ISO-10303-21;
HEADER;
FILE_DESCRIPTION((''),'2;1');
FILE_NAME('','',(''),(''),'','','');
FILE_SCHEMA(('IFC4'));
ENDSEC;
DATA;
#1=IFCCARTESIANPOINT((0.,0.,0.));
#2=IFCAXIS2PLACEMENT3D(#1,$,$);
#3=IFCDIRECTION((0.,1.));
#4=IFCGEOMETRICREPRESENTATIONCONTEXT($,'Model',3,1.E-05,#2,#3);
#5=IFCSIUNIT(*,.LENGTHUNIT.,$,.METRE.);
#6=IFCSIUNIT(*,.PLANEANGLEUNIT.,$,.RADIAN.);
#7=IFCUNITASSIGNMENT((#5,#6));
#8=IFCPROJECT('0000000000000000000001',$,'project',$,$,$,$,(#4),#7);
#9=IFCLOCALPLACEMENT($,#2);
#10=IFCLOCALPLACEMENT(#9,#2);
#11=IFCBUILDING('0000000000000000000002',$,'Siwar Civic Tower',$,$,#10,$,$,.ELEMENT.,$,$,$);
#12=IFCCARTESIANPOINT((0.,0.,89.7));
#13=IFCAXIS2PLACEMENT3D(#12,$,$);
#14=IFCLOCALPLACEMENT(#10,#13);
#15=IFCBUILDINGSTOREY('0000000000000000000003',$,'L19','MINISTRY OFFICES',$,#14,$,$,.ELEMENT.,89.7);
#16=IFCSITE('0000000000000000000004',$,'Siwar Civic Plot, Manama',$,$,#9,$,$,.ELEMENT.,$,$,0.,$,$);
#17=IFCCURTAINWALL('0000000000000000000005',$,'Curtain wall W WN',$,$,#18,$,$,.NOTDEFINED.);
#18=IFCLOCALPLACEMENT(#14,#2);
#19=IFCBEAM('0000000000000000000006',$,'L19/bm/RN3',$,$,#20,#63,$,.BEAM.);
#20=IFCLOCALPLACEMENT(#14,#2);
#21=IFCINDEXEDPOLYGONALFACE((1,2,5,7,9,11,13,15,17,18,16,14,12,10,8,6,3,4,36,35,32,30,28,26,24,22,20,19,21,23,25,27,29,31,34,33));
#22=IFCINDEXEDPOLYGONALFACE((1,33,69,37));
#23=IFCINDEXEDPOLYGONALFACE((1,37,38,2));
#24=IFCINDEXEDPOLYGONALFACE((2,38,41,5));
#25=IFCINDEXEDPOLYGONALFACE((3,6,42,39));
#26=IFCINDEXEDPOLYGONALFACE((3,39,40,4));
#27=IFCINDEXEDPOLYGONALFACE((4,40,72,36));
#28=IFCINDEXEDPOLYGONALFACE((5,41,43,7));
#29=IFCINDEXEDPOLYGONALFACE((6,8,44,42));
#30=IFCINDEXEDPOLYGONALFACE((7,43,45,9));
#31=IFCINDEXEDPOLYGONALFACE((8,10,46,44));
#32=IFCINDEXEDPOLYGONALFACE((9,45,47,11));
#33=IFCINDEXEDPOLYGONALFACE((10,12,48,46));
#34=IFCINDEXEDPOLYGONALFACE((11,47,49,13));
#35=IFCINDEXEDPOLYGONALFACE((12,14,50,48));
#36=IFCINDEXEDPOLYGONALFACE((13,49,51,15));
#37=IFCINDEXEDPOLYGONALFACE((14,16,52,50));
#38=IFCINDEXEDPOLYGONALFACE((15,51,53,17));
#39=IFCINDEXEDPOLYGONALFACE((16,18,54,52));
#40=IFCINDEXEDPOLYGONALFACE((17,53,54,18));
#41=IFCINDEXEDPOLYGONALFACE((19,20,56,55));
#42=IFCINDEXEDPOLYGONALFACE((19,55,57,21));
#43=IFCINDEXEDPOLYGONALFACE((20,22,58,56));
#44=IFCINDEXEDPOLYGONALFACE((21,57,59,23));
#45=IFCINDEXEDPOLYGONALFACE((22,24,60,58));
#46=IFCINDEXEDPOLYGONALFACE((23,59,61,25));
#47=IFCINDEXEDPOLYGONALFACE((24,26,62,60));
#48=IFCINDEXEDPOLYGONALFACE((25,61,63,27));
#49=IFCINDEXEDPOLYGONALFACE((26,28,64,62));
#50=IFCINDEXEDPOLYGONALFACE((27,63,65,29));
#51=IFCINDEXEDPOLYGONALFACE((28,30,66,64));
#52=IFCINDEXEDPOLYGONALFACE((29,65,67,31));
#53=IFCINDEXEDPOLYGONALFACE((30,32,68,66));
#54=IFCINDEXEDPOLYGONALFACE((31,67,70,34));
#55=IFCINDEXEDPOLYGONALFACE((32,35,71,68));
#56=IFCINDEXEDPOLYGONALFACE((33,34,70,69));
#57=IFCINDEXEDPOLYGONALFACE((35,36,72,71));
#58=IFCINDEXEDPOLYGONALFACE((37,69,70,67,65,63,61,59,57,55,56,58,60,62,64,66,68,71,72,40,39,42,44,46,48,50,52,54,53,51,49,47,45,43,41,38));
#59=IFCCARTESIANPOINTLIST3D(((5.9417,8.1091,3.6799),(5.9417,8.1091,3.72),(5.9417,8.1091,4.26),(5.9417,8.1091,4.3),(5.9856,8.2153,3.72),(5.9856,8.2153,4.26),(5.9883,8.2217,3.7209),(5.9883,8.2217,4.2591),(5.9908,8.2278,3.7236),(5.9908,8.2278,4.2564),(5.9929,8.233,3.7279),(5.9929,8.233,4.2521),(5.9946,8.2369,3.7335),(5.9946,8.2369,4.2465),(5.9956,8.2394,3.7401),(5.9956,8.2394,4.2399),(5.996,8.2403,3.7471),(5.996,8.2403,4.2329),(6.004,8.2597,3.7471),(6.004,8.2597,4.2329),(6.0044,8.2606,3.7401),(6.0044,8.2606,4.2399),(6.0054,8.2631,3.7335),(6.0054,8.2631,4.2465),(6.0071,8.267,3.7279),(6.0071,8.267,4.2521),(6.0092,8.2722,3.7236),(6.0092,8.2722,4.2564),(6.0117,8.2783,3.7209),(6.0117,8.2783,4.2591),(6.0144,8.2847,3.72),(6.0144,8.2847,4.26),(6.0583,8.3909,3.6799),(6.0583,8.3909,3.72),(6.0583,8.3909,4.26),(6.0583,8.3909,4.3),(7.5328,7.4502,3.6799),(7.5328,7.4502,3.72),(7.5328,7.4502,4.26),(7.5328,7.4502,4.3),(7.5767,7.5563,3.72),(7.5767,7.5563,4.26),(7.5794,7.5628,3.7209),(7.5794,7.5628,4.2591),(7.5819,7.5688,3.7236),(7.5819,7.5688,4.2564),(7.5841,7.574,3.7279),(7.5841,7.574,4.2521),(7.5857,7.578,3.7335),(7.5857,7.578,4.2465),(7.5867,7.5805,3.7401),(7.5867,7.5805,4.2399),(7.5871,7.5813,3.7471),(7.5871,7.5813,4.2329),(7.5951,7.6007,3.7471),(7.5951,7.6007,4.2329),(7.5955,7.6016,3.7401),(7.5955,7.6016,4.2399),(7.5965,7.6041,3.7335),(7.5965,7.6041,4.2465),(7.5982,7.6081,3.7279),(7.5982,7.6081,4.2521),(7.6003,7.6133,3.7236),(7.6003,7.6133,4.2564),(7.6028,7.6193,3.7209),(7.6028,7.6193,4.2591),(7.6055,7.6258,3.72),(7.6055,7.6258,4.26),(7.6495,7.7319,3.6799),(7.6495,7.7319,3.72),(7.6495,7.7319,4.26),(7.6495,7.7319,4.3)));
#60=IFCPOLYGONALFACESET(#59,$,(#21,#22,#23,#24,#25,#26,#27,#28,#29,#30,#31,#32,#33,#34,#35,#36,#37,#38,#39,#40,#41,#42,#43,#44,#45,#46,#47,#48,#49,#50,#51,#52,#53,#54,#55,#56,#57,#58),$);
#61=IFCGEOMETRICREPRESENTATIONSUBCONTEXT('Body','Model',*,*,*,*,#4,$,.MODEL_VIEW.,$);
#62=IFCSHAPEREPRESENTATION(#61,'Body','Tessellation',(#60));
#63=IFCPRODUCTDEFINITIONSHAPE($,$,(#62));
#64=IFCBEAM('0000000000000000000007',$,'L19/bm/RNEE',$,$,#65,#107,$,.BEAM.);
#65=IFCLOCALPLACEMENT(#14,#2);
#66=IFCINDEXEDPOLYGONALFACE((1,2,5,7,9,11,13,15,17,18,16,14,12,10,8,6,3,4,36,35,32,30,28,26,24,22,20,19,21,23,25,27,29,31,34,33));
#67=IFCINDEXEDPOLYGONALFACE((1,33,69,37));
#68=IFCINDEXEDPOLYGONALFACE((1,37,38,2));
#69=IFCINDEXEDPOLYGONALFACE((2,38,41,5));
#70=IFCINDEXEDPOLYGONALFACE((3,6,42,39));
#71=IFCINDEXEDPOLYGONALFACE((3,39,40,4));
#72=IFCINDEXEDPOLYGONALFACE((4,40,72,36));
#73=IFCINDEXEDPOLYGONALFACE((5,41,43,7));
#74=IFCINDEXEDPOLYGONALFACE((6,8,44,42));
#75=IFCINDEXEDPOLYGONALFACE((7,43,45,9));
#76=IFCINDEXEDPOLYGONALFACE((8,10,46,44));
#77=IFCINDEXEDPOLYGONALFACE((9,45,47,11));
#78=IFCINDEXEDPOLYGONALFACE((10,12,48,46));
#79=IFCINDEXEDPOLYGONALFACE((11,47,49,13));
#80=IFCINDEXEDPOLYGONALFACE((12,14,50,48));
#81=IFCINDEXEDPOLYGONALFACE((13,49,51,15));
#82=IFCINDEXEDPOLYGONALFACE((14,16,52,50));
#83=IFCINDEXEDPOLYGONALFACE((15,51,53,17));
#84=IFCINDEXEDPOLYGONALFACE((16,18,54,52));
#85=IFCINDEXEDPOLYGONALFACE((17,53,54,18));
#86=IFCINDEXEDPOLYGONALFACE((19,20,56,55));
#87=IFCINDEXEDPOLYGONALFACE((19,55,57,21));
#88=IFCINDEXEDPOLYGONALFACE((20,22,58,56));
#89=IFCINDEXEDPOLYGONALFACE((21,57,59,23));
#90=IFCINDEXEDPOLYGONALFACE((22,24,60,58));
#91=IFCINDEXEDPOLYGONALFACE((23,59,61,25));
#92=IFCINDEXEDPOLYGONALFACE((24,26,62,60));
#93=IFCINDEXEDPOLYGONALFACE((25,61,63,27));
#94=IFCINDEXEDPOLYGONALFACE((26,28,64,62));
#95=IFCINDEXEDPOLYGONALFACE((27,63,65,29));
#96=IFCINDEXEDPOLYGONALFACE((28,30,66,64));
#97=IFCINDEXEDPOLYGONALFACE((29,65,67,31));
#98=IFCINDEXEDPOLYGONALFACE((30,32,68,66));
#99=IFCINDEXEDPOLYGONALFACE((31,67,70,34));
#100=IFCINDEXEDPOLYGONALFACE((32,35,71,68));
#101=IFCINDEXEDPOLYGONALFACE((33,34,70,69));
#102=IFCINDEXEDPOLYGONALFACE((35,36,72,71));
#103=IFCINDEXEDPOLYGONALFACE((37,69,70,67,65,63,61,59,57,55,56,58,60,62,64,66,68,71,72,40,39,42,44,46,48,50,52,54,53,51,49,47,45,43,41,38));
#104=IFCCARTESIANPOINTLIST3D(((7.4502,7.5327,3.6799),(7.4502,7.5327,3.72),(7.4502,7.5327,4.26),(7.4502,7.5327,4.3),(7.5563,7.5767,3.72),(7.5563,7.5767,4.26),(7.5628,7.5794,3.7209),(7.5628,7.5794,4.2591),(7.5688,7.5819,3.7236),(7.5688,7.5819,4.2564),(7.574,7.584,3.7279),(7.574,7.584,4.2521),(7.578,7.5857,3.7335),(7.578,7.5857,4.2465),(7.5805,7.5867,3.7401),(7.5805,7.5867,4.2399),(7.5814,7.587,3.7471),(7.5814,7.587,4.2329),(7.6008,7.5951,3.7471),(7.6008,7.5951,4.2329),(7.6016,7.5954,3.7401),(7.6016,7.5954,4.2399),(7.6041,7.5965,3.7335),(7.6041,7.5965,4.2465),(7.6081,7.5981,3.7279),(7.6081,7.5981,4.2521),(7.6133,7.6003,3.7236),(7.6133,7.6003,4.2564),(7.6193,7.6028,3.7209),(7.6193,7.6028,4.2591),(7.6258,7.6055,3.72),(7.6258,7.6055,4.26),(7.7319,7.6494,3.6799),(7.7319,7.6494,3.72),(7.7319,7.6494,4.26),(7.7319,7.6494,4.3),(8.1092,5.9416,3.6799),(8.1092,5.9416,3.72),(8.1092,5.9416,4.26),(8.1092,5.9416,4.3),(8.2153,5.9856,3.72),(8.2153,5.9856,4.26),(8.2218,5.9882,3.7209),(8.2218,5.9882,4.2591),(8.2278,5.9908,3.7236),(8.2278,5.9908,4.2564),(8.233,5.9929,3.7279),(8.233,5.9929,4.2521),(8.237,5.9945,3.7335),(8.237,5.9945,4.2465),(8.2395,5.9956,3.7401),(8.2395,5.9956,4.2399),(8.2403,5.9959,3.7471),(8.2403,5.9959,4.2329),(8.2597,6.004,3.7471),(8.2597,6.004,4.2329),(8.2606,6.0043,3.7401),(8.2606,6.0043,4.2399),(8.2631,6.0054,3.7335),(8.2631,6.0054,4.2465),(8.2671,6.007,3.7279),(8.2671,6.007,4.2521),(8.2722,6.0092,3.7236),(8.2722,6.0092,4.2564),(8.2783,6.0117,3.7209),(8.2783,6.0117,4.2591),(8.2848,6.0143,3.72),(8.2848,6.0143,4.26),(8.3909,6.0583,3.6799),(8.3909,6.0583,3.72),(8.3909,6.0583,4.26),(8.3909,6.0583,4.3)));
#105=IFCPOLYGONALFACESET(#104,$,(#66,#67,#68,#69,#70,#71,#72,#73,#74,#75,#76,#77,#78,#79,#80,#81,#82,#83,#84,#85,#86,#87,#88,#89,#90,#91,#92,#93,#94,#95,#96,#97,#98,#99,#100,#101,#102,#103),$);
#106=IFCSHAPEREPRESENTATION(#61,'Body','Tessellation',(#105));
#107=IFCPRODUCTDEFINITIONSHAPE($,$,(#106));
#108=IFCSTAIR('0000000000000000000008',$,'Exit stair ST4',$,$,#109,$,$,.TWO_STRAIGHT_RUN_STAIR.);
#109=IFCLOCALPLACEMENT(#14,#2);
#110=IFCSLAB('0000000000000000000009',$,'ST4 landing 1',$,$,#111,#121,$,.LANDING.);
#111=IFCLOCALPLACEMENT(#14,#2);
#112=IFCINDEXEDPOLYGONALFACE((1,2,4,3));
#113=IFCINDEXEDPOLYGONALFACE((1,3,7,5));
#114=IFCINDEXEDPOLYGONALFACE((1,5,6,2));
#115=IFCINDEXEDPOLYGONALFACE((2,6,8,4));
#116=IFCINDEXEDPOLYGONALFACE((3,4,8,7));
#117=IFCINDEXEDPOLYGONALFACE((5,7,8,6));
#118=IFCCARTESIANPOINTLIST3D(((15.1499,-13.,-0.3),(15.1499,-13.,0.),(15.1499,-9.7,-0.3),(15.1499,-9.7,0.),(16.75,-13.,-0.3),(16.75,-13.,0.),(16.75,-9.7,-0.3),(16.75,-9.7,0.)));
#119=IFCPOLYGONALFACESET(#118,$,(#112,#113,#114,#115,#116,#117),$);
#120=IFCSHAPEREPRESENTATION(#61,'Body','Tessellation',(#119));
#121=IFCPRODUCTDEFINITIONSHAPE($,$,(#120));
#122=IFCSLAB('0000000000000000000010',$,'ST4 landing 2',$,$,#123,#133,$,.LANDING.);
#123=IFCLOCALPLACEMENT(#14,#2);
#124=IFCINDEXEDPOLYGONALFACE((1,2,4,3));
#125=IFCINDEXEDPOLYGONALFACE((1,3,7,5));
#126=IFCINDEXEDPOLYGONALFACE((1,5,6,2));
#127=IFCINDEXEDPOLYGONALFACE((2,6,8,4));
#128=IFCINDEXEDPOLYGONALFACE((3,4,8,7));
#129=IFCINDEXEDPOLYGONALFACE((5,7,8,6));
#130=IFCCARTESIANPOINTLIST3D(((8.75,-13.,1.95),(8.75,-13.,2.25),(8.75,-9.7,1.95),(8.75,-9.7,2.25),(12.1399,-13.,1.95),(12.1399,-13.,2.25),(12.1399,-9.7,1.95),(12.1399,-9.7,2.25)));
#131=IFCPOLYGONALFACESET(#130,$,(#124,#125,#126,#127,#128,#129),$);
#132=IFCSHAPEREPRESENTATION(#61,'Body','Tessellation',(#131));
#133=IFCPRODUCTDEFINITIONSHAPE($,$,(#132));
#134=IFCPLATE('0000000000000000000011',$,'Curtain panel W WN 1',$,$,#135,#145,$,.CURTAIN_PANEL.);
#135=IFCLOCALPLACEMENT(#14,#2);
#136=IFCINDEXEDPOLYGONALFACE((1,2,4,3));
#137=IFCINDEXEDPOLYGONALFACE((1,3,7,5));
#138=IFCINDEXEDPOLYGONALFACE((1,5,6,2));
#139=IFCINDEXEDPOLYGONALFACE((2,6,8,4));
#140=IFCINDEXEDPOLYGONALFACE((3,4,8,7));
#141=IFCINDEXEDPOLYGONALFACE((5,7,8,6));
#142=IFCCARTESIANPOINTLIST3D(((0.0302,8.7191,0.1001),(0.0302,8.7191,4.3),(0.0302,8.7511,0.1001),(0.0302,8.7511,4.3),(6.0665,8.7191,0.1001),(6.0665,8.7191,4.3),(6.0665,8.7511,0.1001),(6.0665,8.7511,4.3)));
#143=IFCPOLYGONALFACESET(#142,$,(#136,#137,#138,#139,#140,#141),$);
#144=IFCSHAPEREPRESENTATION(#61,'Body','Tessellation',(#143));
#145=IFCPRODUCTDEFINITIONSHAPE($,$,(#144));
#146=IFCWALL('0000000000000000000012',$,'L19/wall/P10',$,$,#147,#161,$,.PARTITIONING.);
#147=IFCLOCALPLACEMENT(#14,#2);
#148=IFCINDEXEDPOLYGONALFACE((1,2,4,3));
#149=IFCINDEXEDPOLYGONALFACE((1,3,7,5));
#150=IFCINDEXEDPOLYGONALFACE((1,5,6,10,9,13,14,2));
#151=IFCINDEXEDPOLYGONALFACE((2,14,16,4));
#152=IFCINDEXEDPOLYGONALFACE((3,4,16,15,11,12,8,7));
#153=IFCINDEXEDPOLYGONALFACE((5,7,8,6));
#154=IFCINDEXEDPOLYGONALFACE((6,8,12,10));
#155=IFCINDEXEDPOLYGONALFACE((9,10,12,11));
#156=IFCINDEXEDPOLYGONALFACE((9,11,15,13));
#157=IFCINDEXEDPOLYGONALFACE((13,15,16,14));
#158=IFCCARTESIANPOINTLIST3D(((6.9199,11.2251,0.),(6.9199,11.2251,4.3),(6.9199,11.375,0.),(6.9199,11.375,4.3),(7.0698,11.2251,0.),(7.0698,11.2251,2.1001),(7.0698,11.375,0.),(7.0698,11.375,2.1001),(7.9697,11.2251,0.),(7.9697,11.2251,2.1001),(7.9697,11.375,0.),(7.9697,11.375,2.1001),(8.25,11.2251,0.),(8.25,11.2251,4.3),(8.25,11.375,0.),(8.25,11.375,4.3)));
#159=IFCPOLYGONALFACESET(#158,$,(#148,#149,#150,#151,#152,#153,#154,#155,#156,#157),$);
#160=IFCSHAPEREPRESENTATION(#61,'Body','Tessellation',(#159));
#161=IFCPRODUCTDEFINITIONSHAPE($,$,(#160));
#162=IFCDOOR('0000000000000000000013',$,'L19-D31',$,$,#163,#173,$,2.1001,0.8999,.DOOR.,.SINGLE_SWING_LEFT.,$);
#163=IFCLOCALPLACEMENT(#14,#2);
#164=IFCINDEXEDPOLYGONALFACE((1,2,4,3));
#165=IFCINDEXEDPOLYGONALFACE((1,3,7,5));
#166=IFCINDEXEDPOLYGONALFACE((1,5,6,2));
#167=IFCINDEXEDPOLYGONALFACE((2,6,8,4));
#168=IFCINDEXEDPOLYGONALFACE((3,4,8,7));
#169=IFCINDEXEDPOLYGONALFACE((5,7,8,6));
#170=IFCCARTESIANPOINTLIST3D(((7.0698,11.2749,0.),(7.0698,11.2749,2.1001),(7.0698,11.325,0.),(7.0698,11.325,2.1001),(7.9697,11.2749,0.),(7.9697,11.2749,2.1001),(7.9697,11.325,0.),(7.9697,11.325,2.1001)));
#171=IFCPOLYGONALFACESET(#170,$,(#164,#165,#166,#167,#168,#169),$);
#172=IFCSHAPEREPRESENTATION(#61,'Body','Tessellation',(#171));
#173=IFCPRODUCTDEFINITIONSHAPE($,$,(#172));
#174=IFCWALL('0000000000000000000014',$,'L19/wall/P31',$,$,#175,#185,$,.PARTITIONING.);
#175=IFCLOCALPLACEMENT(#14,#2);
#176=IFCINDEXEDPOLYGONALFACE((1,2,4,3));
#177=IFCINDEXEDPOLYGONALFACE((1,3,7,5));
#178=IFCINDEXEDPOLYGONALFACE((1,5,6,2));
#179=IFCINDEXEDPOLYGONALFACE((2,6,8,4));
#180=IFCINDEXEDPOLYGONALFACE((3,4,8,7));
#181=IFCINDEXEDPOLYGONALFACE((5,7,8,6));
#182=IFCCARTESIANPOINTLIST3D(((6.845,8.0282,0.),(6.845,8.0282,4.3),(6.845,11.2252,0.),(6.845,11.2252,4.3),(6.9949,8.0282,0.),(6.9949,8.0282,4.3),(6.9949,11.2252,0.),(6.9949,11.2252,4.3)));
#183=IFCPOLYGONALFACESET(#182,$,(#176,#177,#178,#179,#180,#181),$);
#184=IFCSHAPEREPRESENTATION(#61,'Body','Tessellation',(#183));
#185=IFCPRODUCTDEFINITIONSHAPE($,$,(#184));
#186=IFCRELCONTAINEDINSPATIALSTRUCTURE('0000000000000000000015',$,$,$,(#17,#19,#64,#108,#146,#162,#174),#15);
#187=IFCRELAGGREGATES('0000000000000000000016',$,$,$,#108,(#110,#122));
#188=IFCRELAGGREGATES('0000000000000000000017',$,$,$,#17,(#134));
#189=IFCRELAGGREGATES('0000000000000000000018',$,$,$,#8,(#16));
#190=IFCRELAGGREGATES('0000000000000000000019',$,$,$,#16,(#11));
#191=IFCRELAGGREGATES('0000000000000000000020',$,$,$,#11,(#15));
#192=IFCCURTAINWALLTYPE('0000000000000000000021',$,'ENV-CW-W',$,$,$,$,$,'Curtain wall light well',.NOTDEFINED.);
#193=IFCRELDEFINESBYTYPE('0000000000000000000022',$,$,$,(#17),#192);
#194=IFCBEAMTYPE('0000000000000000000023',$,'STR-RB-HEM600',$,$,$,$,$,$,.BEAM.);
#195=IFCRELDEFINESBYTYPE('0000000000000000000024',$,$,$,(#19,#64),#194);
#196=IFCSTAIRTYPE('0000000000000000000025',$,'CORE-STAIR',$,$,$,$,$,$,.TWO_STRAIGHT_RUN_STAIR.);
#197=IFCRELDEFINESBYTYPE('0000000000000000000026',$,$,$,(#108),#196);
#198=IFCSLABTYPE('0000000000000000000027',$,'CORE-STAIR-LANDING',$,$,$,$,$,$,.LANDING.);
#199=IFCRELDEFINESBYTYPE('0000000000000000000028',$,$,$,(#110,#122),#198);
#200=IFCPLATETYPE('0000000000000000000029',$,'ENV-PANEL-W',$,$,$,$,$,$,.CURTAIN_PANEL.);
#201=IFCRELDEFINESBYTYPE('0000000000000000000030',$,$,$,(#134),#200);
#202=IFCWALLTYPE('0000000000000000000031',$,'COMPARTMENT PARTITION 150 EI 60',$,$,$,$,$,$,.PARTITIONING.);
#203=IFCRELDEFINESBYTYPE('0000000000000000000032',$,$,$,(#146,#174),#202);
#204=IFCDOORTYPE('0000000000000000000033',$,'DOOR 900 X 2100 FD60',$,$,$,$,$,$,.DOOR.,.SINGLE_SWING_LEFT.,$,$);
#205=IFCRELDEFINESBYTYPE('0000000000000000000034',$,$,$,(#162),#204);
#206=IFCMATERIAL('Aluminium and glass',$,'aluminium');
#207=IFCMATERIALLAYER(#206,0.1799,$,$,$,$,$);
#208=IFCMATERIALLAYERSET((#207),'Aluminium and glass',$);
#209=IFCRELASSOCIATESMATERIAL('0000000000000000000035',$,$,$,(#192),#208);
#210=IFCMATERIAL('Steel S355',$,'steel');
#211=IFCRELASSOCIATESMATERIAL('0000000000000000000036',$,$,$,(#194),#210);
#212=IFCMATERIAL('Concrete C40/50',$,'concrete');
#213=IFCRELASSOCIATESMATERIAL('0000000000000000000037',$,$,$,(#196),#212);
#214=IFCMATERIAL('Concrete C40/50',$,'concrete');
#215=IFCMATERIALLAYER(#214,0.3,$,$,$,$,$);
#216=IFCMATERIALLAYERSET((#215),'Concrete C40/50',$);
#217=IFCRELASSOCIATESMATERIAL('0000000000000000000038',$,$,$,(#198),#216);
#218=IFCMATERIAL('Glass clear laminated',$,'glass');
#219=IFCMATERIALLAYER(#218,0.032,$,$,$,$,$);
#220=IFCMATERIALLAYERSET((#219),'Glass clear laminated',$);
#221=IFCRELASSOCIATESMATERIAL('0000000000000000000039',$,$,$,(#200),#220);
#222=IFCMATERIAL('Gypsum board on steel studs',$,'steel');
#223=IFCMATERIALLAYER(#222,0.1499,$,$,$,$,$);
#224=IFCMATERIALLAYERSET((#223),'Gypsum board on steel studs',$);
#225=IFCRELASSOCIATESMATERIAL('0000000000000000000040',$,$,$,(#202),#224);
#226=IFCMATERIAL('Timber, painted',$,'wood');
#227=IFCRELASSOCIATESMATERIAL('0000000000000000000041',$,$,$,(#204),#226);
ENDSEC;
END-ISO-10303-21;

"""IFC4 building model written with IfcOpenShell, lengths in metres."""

from ifc_helpers import new_model, si_unit, direction, frame, frame_2d, origin, origin_2d, place, context, subcontext, project, spatial, polyline, rectangle, i_section, outline, extrude, material, layer, layer_set, material_profile, profile_set, type_object, element, fill, aggregate, save


model = new_model("IFC4")

# Units and contexts
model_context = context("Model", 3, precision=1e-05, world=origin(), true_north=direction((0.0, 1.0)))
body_context = subcontext(model_context, "Body", "Model", "MODEL_VIEW")
ifc_project = project(units=[si_unit("LENGTHUNIT", "METRE"), si_unit("PLANEANGLEUNIT", "RADIAN")], contexts=[model_context])

# Site, building, storey
site_placement = place(None, origin())
site = spatial("IfcSite", under=ifc_project, at=site_placement, Name="Siwar Civic Plot, Manama", CompositionType="ELEMENT", RefElevation=0.0)
building_placement = place(site_placement, origin())
building = spatial("IfcBuilding", under=site, at=building_placement, Name="Siwar Civic Tower", CompositionType="ELEMENT")
storey_placement = place(building_placement, frame((0.0, 0.0, 89.7)))
storey = spatial("IfcBuildingStorey", under=building, at=storey_placement, Name="L19", Description="MINISTRY OFFICES", CompositionType="ELEMENT", Elevation=89.7)

# Curtain wall
ifc_material_1 = material(Name="Aluminium and glass", Category="aluminium")
ifc_layer_1 = layer(ifc_material_1, 0.1799)
ifc_layer_set_1 = layer_set([ifc_layer_1], Name="Aluminium and glass")
curtain_wall_type = type_object("IfcCurtainWallType", Name="ENV-CW-W", ElementType="Curtain wall light well", PredefinedType="NOTDEFINED", material=ifc_layer_set_1)
curtain_wall_placement = place(storey_placement, origin())
curtain_wall = element("IfcCurtainWall", 1, at=curtain_wall_placement, inside=storey, type_object=curtain_wall_type, Name="Curtain wall W WN", PredefinedType="NOTDEFINED")

# Beams
ifc_material_2 = material(Name="Steel S355", Category="steel")
ifc_material_profile_1 = material_profile(ifc_material_2, i_section(OverallWidth=0.3049, OverallDepth=0.6201, WebThickness=0.021, FlangeThickness=0.04, FilletRadius=0.0271, at=origin_2d()), Name="HEM600")
ifc_profile_set_1 = profile_set([ifc_material_profile_1], Name="Steel S355")
beam_type_1 = type_object("IfcBeamType", Name="STR-RB-HEM600", PredefinedType="BEAM", material=ifc_profile_set_1)
for number, where, z_axis, x_axis, name in (
    (2, (6.0, 8.25, 3.99), (0.923901, -0.382631, 0.0), (0.382631, 0.923901, 0.0), "L19/bm/RN3"),
    (3, (7.5911, 7.5911, 3.99), (0.382631, -0.923901, 0.0), (0.923901, 0.382631, 0.0), "L19/bm/RNEE"),
):
    element("IfcBeam", number, at=place(storey_placement, frame(where, z_axis=z_axis, x_axis=x_axis)), inside=storey, type_object=beam_type_1, Name=name, PredefinedType="BEAM", context=body_context, shape_type="SweptSolid", body=[
        extrude(i_section(OverallWidth=0.3049, OverallDepth=0.6201, WebThickness=0.021, FlangeThickness=0.04, FilletRadius=0.0271, at=origin_2d()), origin(), (0.0, 0.0, 1.0), 1.7222),
    ])

# Stair, slabs
ifc_material_3 = material(Name="Concrete C40/50", Category="concrete")
stair_type = type_object("IfcStairType", Name="CORE-STAIR", PredefinedType="TWO_STRAIGHT_RUN_STAIR", material=ifc_material_3)
stair_placement = place(storey_placement, origin())
stair = element("IfcStair", 4, at=stair_placement, inside=storey, type_object=stair_type, Name="Exit stair ST4", PredefinedType="TWO_STRAIGHT_RUN_STAIR")
ifc_material_4 = material(Name="Concrete C40/50", Category="concrete")
ifc_layer_2 = layer(ifc_material_4, 0.3)
ifc_layer_set_2 = layer_set([ifc_layer_2], Name="Concrete C40/50")
slab_type_1 = type_object("IfcSlabType", Name="CORE-STAIR-LANDING", PredefinedType="LANDING", material=ifc_layer_set_2)
slab_1_placement = place(storey_placement, frame((0.0, 0.0, -0.3)))
slab_1 = element("IfcSlab", 5, at=slab_1_placement, type_object=slab_type_1, Name="ST4 landing 1", PredefinedType="LANDING", context=body_context, shape_type="SweptSolid", body=[
    extrude(outline(polyline([(15.1499, -13.0), (16.75, -13.0), (16.75, -9.7), (15.1499, -9.7), (15.1499, -13.0)])), origin(), (0.0, 0.0, 1.0), 0.3),
])
slab_2_placement = place(storey_placement, frame((0.0, 0.0, 1.95)))
slab_2 = element("IfcSlab", 6, at=slab_2_placement, type_object=slab_type_1, Name="ST4 landing 2", PredefinedType="LANDING", context=body_context, shape_type="SweptSolid", body=[
    extrude(outline(polyline([(8.75, -13.0), (12.1399, -13.0), (12.1399, -9.7), (8.75, -9.7), (8.75, -13.0)])), origin(), (0.0, 0.0, 1.0), 0.3),
])
aggregate(stair, [slab_1, slab_2])

# Plate
ifc_material_5 = material(Name="Glass clear laminated", Category="glass")
ifc_layer_3 = layer(ifc_material_5, 0.032)
ifc_layer_set_3 = layer_set([ifc_layer_3], Name="Glass clear laminated")
plate_type = type_object("IfcPlateType", Name="ENV-PANEL-W", PredefinedType="CURTAIN_PANEL", material=ifc_layer_set_3)
plate_placement = place(storey_placement, frame((3.0483, 8.7351, 0.1001), z_axis=(0.0, 0.0, 1.0), x_axis=(-1.0, 0.0, 0.0)))
plate = element("IfcPlate", 7, at=plate_placement, type_object=plate_type, Name="Curtain panel W WN 1", PredefinedType="CURTAIN_PANEL", context=body_context, shape_type="SweptSolid", body=[
    extrude(rectangle(XDim=6.0364, YDim=0.032, at=origin_2d()), origin(), (0.0, 0.0, 1.0), 4.2),
])
aggregate(curtain_wall, [plate])

# Wall, opening, door
ifc_material_6 = material(Name="Gypsum board on steel studs", Category="steel")
ifc_layer_4 = layer(ifc_material_6, 0.1499)
ifc_layer_set_4 = layer_set([ifc_layer_4], Name="Gypsum board on steel studs")
wall_type_1 = type_object("IfcWallType", Name="COMPARTMENT PARTITION 150 EI 60", PredefinedType="PARTITIONING", material=ifc_layer_set_4)
wall_1_placement = place(storey_placement, frame((6.9199, 11.3, 0.0), z_axis=(0.0, 0.0, 1.0), x_axis=(1.0, 0.0, 0.0)))
wall_1 = element("IfcWall", 8, at=wall_1_placement, inside=storey, type_object=wall_type_1, Name="L19/wall/P10", PredefinedType="PARTITIONING", context=body_context, shape_type="SweptSolid", body=[
    extrude(rectangle(XDim=1.3301, YDim=0.1499, at=frame_2d((0.665, 0.0))), origin(), (0.0, 0.0, 1.0), 4.3),
])
opening_1_placement = place(wall_1_placement, frame((0.1499, 0.0, 0.0)))
opening_1 = element("IfcOpeningElement", 9, at=opening_1_placement, cuts=wall_1, PredefinedType="OPENING", context=body_context, shape_type="SweptSolid", body=[
    extrude(rectangle(XDim=0.8999, YDim=2.1001, at=frame_2d((0.45, 1.05))), frame((0.0, 0.085, 0.0), z_axis=(0.0, -1.0, 0.0), x_axis=(1.0, 0.0, 0.0)), (0.0, 0.0, 1.0), 0.1699),
])
ifc_material_7 = material(Name="Timber, painted", Category="wood")
door_type_1 = type_object("IfcDoorType", Name="DOOR 900 X 2100 FD60", OperationType="SINGLE_SWING_LEFT", PredefinedType="DOOR", material=ifc_material_7)
door_1_placement = place(opening_1_placement, origin())
door_1 = element("IfcDoor", 10, at=door_1_placement, inside=storey, type_object=door_type_1, Name="L19-D31", OperationType="SINGLE_SWING_LEFT", OverallHeight=2.1001, OverallWidth=0.8999, PredefinedType="DOOR", context=body_context, shape_type="SweptSolid", body=[
    extrude(rectangle(XDim=0.8999, YDim=2.1001, at=frame_2d((0.45, 1.05))), frame((0.0, 0.0249, 0.0), z_axis=(0.0, -1.0, 0.0), x_axis=(1.0, 0.0, 0.0)), (0.0, 0.0, 1.0), 0.05),
])
fill(opening_1, door_1)

# Wall
wall_2_placement = place(storey_placement, frame((6.9199, 8.0281, 0.0), z_axis=(0.0, 0.0, 1.0), x_axis=(0.0, 1.0, 0.0)))
element("IfcWall", 11, at=wall_2_placement, inside=storey, type_object=wall_type_1, Name="L19/wall/P31", PredefinedType="PARTITIONING", context=body_context, shape_type="SweptSolid", body=[
    extrude(rectangle(XDim=3.197, YDim=0.1499, at=frame_2d((1.5986, 0.0))), origin(), (0.0, 0.0, 1.0), 4.3),
])

save(model, "model.ifc")
